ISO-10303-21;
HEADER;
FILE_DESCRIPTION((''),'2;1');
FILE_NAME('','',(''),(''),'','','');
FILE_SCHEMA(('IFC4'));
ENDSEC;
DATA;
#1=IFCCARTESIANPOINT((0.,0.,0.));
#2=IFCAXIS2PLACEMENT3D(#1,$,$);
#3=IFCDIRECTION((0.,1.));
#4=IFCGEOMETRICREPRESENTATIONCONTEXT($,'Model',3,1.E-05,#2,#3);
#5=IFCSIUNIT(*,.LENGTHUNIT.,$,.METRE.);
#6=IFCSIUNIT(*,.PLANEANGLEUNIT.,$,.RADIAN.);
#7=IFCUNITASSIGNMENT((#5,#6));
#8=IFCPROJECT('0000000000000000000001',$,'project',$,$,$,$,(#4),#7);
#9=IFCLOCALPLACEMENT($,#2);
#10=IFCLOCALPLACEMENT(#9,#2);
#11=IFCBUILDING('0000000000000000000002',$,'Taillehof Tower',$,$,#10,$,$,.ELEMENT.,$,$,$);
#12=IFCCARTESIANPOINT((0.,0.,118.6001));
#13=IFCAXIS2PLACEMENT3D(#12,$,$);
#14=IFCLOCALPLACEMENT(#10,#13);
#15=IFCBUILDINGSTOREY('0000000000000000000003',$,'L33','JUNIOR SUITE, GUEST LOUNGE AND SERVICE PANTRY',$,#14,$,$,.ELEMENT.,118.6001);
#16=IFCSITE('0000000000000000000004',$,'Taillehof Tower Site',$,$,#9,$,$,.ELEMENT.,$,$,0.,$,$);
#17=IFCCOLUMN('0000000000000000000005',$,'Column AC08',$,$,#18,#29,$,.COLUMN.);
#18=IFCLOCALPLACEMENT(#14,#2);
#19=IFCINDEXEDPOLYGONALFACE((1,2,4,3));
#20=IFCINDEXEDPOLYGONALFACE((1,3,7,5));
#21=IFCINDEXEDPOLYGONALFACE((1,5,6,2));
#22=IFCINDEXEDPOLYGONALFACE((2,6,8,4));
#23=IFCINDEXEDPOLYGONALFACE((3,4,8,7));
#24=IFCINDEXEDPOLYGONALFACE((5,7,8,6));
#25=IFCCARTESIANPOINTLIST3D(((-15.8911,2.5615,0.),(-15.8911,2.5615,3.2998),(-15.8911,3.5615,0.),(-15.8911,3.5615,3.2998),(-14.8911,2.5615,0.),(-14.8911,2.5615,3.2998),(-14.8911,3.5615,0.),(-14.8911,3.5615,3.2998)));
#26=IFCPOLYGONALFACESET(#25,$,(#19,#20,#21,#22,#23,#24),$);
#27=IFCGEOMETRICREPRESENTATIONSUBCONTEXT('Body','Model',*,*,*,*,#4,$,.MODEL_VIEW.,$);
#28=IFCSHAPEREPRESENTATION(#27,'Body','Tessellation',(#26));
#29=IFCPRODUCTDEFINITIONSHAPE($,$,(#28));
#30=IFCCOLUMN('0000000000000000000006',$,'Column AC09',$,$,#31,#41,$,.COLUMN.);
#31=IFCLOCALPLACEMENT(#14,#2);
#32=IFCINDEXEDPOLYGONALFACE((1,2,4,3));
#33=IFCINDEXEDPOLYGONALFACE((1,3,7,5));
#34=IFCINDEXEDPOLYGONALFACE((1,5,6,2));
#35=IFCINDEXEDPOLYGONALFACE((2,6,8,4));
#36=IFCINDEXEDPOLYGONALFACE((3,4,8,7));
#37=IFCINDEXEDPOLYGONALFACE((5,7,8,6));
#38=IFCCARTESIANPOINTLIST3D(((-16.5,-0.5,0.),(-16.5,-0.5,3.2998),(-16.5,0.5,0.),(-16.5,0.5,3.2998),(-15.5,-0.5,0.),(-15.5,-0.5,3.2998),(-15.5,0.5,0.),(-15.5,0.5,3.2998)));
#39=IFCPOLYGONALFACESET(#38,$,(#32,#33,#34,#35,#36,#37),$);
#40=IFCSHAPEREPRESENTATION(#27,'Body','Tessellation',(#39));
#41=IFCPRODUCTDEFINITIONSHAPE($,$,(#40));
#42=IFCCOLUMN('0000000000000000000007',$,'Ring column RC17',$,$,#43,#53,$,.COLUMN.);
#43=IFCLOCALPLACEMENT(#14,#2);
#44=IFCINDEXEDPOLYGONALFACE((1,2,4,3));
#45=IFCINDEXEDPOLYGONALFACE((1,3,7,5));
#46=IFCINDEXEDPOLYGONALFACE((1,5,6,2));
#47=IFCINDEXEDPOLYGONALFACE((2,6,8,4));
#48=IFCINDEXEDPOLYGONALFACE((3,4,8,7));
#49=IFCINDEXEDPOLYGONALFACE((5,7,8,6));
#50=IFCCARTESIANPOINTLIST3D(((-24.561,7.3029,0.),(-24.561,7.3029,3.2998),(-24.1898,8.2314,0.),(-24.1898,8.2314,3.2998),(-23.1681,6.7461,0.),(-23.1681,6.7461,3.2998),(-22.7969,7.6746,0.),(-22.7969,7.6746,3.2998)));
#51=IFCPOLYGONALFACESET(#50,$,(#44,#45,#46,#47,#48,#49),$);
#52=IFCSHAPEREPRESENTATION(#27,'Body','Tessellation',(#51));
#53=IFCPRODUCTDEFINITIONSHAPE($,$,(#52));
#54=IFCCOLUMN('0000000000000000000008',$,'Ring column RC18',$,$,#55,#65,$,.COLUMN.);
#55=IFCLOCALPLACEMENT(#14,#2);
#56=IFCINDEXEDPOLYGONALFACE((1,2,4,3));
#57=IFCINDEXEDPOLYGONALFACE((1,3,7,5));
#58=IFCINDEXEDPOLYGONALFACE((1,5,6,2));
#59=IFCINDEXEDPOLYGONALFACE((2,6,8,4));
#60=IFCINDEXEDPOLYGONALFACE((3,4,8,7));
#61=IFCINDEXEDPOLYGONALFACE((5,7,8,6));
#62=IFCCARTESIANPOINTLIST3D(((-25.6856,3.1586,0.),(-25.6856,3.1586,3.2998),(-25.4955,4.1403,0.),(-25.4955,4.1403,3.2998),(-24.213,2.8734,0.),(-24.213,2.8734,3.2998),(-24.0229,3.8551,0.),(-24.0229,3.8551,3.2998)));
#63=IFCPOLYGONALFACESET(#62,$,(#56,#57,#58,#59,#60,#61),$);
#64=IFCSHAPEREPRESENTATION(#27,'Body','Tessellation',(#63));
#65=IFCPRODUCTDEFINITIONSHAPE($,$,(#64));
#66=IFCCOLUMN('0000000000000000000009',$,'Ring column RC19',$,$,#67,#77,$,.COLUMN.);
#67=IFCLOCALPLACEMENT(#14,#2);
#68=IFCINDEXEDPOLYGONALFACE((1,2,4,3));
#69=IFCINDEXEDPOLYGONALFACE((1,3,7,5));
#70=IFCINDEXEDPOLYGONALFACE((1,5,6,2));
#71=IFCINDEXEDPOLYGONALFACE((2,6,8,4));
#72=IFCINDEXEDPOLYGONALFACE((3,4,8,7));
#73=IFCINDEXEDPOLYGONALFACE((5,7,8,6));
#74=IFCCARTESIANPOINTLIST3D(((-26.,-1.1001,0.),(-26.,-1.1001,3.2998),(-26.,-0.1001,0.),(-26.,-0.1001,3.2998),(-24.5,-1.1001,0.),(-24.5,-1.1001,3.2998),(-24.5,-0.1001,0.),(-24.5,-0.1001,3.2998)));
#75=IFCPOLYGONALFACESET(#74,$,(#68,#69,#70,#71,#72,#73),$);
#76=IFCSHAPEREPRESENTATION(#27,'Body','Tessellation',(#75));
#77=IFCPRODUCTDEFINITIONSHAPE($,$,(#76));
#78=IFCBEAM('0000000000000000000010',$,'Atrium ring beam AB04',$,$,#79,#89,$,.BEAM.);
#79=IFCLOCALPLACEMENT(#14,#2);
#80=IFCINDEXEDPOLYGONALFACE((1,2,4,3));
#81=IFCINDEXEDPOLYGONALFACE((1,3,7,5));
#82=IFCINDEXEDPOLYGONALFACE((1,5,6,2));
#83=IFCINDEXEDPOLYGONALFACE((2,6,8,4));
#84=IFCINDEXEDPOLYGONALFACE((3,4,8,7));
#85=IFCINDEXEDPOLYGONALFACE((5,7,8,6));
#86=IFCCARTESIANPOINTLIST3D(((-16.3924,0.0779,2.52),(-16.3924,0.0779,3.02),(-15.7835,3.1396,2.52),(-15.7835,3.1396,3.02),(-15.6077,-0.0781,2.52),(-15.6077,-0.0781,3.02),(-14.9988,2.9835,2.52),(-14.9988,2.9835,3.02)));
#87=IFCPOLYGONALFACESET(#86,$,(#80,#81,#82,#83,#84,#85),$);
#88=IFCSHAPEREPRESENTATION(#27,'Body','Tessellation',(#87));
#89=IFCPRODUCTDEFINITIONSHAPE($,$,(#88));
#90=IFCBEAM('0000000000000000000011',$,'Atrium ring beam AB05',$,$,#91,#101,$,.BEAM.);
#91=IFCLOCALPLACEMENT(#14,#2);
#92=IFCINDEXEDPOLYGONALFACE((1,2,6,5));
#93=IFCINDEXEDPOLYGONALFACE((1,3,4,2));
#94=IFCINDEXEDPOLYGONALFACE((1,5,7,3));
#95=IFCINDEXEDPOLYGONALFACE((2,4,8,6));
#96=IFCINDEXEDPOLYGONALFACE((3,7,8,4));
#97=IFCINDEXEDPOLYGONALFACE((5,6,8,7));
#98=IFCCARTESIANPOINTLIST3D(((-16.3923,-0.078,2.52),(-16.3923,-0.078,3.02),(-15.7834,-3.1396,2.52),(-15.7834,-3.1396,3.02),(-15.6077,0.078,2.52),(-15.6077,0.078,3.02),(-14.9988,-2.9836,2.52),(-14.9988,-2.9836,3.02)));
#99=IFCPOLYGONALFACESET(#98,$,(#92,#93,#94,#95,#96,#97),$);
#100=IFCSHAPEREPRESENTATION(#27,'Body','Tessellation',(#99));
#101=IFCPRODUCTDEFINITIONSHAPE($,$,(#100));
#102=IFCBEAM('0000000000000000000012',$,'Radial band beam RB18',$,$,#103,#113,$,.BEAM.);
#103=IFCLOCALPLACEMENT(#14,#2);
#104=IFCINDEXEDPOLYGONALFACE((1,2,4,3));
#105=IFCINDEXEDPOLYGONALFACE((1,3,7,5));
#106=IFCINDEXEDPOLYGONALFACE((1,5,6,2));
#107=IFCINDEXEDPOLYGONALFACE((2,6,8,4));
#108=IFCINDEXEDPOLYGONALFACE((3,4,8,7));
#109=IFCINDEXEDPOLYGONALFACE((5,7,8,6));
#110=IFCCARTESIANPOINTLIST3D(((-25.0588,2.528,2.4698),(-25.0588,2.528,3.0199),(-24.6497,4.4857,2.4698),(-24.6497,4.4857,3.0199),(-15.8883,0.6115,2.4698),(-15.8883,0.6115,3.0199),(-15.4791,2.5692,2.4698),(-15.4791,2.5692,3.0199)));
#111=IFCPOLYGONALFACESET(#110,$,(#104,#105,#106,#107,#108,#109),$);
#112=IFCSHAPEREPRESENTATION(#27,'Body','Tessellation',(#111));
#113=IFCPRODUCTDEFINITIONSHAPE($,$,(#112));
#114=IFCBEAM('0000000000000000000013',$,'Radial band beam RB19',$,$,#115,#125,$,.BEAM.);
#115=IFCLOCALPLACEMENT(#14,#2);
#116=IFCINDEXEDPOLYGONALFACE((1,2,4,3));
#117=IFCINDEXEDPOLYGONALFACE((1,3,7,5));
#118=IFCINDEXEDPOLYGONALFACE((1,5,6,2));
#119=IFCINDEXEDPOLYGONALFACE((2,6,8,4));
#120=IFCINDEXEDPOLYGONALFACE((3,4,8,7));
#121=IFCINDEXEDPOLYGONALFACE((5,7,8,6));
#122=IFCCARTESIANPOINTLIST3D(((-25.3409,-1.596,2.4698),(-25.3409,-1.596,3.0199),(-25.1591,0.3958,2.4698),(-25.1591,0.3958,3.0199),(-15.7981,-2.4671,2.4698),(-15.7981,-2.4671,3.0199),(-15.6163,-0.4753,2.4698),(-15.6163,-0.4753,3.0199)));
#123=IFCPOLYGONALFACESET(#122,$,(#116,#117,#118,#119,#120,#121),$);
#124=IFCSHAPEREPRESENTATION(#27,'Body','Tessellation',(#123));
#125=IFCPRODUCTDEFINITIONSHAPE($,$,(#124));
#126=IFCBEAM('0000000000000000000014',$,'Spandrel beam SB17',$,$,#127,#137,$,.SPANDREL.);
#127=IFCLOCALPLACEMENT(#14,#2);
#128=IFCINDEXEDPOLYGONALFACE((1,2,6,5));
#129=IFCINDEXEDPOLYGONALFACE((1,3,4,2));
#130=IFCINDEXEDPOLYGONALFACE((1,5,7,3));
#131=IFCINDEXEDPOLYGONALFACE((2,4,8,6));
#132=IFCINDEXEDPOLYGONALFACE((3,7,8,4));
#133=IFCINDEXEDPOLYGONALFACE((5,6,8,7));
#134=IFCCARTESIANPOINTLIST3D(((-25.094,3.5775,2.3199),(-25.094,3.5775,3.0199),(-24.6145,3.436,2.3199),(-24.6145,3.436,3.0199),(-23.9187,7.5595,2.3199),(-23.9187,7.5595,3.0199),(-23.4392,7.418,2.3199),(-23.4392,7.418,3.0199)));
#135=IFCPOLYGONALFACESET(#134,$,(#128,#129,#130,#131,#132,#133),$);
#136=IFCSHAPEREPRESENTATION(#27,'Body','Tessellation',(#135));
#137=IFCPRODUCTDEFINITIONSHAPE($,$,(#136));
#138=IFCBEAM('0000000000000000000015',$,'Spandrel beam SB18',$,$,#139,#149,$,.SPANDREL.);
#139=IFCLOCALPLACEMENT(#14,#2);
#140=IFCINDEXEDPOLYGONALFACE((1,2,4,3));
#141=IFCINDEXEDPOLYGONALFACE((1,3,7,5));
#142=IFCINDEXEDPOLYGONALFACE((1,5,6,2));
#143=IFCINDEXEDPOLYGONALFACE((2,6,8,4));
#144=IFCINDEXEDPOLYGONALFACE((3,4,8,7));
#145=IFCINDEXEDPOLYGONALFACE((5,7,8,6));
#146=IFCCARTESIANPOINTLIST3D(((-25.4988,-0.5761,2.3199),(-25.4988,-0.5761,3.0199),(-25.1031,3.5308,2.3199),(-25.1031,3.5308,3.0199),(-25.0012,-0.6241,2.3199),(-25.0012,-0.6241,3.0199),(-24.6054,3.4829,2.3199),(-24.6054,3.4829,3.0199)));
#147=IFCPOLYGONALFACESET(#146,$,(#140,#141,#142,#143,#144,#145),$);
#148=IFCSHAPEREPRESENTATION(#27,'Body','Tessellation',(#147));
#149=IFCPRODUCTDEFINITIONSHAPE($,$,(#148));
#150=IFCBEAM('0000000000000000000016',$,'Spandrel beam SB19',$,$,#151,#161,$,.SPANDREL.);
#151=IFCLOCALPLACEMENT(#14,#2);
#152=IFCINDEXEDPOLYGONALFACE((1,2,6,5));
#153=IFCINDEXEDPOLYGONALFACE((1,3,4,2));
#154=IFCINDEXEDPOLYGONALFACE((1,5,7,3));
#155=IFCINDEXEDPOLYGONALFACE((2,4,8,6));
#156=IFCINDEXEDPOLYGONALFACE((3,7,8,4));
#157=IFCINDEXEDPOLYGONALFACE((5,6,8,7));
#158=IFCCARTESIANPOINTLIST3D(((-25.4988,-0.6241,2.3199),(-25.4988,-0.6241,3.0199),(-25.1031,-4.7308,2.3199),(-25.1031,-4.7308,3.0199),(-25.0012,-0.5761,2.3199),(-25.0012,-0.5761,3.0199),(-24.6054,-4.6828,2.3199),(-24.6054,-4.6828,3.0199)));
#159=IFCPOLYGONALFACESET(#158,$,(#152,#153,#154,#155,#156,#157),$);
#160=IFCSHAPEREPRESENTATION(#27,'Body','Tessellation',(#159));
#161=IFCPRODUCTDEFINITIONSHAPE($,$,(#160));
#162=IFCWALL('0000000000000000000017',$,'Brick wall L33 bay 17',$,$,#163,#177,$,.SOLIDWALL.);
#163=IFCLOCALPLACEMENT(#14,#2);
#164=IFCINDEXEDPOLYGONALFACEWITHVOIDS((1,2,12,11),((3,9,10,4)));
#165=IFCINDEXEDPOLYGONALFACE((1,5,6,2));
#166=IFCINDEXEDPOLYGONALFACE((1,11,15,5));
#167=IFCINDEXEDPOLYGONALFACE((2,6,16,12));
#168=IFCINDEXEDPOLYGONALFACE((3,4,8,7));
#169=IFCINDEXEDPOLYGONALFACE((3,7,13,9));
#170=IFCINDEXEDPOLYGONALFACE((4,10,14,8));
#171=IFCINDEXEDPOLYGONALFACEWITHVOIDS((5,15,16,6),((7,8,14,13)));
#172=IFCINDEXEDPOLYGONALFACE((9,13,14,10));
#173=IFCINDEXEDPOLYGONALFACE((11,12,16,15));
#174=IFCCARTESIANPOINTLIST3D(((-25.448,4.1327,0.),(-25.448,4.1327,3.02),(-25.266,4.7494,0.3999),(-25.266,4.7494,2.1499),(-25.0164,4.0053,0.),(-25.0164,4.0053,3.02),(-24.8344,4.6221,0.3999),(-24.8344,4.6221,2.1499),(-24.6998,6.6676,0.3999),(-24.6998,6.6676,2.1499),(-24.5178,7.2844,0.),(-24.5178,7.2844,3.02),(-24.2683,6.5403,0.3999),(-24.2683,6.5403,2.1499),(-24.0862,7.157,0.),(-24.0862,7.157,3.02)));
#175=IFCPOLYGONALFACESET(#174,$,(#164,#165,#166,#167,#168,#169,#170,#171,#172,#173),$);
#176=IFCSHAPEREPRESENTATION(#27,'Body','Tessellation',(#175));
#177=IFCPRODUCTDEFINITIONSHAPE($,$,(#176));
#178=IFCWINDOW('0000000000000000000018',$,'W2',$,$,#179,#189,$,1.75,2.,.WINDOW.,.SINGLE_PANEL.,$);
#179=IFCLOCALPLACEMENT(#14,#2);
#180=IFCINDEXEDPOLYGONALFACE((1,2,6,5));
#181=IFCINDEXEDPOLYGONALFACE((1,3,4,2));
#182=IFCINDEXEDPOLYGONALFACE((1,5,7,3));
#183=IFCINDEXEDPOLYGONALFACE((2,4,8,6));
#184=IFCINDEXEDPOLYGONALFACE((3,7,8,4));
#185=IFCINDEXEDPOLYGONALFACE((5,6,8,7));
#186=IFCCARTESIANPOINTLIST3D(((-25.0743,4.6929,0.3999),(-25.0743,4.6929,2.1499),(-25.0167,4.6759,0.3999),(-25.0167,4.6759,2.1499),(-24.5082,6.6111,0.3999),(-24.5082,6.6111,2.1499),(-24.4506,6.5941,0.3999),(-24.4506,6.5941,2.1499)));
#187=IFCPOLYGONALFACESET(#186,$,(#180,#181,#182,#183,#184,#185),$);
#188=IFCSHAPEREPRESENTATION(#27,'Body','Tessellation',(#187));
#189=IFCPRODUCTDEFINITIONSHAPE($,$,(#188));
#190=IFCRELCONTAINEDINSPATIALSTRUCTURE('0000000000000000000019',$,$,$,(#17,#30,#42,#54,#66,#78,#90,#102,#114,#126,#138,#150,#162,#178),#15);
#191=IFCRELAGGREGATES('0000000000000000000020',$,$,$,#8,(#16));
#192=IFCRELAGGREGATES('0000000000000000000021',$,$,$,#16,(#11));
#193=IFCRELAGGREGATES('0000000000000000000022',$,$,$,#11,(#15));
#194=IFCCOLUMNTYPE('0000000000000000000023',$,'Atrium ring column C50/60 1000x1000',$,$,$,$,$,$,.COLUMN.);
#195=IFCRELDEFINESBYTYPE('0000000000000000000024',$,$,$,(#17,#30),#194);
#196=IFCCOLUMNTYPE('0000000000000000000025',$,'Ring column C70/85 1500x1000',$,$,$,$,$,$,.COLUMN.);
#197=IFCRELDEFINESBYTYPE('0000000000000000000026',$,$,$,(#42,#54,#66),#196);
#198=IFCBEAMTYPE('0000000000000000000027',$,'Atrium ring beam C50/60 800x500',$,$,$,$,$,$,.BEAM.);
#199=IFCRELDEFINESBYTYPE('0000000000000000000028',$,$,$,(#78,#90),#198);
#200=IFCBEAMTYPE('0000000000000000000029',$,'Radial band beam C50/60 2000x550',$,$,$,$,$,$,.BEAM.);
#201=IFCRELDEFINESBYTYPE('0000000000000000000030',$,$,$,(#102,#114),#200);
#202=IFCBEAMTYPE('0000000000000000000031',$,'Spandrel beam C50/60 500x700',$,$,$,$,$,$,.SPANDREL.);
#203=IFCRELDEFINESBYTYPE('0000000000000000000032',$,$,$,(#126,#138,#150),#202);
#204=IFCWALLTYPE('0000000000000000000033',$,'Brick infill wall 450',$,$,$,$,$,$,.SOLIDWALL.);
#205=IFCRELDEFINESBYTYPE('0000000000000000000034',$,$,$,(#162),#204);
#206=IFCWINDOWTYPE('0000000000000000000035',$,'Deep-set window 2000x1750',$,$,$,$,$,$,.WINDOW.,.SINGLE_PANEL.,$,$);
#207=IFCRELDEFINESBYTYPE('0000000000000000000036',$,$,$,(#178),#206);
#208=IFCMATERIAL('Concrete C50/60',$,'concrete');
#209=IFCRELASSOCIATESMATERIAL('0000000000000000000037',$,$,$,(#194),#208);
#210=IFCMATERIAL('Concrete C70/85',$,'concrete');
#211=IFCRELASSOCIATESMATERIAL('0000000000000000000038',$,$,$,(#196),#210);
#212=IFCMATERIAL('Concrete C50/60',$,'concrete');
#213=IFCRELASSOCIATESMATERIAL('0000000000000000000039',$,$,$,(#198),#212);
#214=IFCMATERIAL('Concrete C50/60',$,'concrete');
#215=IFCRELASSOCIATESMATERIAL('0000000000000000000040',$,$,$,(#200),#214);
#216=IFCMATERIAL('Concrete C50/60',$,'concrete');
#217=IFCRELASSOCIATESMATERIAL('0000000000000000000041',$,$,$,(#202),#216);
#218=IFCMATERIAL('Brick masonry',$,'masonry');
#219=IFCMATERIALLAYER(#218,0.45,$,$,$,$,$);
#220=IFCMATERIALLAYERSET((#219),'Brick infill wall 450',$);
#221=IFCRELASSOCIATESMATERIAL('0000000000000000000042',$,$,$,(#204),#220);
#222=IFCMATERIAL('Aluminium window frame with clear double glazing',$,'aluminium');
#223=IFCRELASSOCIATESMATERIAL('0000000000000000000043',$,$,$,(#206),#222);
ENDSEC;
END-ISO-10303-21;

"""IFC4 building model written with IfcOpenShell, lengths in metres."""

from ifc_helpers import new_model, si_unit, direction, frame, frame_2d, origin, origin_2d, place, context, subcontext, project, spatial, rectangle, extrude, material, layer, layer_set, material_profile, profile_set, type_object, element, fill, save


model = new_model("IFC4")

# Units and contexts
model_context = context("Model", 3, precision=1e-05, world=origin(), true_north=direction((0.0, 1.0)))
body_context = subcontext(model_context, "Body", "Model", "MODEL_VIEW")
ifc_project = project(units=[si_unit("LENGTHUNIT", "METRE"), si_unit("PLANEANGLEUNIT", "RADIAN")], contexts=[model_context])

# Site, building, storey
site_placement = place(None, origin())
site = spatial("IfcSite", under=ifc_project, at=site_placement, Name="Taillehof Tower Site", CompositionType="ELEMENT", RefElevation=0.0)
building_placement = place(site_placement, origin())
building = spatial("IfcBuilding", under=site, at=building_placement, Name="Taillehof Tower", CompositionType="ELEMENT")
storey_placement = place(building_placement, frame((0.0, 0.0, 118.6001)))
storey = spatial("IfcBuildingStorey", under=building, at=storey_placement, Name="L33", Description="JUNIOR SUITE, GUEST LOUNGE AND SERVICE PANTRY", CompositionType="ELEMENT", Elevation=118.6001)

# Columns
ifc_material_1 = material(Name="Concrete C50/60", Category="concrete")
ifc_material_profile_1 = material_profile(ifc_material_1, rectangle(XDim=1.0, YDim=1.0, at=origin_2d()), Name="RC 1000x1000")
ifc_profile_set_1 = profile_set([ifc_material_profile_1], Name="Concrete C50/60")
column_type_1 = type_object("IfcColumnType", Name="Atrium ring column C50/60 1000x1000", PredefinedType="COLUMN", material=ifc_profile_set_1)
for number, where, z_axis, x_axis, name in (
    (1, (-15.3911, 3.0615, 0.0), (0.0, 0.0, 1.0), (1.0, 0.0, 0.0), "Column AC08"),
    (2, (-16.0, 0.0, 0.0), (0.0, 0.0, 1.0), (1.0, 0.0, 0.0), "Column AC09"),
):
    element("IfcColumn", number, at=place(storey_placement, frame(where, z_axis=z_axis, x_axis=x_axis)), inside=storey, type_object=column_type_1, Name=name, PredefinedType="COLUMN", context=body_context, shape_type="SweptSolid", body=[
        extrude(rectangle(XDim=1.0, YDim=1.0, at=origin_2d()), origin(), (0.0, 0.0, 1.0), 3.2998),
    ])
ifc_material_2 = material(Name="Concrete C70/85", Category="concrete")
ifc_material_profile_2 = material_profile(ifc_material_2, rectangle(XDim=1.5, YDim=1.0, at=origin_2d()), Name="RC 1500x1000")
ifc_profile_set_2 = profile_set([ifc_material_profile_2], Name="Concrete C70/85")
column_type_2 = type_object("IfcColumnType", Name="Ring column C70/85 1500x1000", PredefinedType="COLUMN", material=ifc_profile_set_2)
for number, where, z_axis, x_axis, name in (
    (3, (-23.679, 7.4888, 0.0), (0.0, 0.0, 1.0), (-0.92855, 0.371207, 0.0), "Ring column RC17"),
    (4, (-24.8542, 3.5068, 0.0), (0.0, 0.0, 1.0), (-0.981757, 0.190138, 0.0), "Ring column RC18"),
    (5, (-25.25, -0.6001, 0.0), (0.0, 0.0, 1.0), (-1.0, 0.0, 0.0), "Ring column RC19"),
):
    element("IfcColumn", number, at=place(storey_placement, frame(where, z_axis=z_axis, x_axis=x_axis)), inside=storey, type_object=column_type_2, Name=name, PredefinedType="COLUMN", context=body_context, shape_type="SweptSolid", body=[
        extrude(rectangle(XDim=1.5, YDim=1.0, at=origin_2d()), origin(), (0.0, 0.0, 1.0), 3.2998),
    ])

# Beams
ifc_material_3 = material(Name="Concrete C50/60", Category="concrete")
ifc_material_profile_3 = material_profile(ifc_material_3, rectangle(XDim=0.8, YDim=0.5, at=origin_2d()), Name="RC 800x500")
ifc_profile_set_3 = profile_set([ifc_material_profile_3], Name="Concrete C50/60")
beam_type_1 = type_object("IfcBeamType", Name="Atrium ring beam C50/60 800x500", PredefinedType="BEAM", material=ifc_profile_set_3)
for number, where, z_axis, x_axis, name in (
    (6, (-15.3911, 3.0615, 2.77), (-0.195063, -0.980791, 0.0), (0.980791, -0.195063, 0.0), "Atrium ring beam AB04"),
    (7, (-16.0, 0.0, 2.77), (0.195063, -0.980791, 0.0), (0.980791, 0.195063, 0.0), "Atrium ring beam AB05"),
):
    element("IfcBeam", number, at=place(storey_placement, frame(where, z_axis=z_axis, x_axis=x_axis)), inside=storey, type_object=beam_type_1, Name=name, PredefinedType="BEAM", context=body_context, shape_type="SweptSolid", body=[
        extrude(rectangle(XDim=0.8, YDim=0.5, at=origin_2d()), origin(), (0.0, 0.0, 1.0), 3.1216),
    ])
ifc_material_4 = material(Name="Concrete C50/60", Category="concrete")
ifc_material_profile_4 = material_profile(ifc_material_4, rectangle(XDim=2.0, YDim=0.55, at=origin_2d()), Name="RC 2000x550")
ifc_profile_set_4 = profile_set([ifc_material_profile_4], Name="Concrete C50/60")
beam_type_2 = type_object("IfcBeamType", Name="Radial band beam C50/60 2000x550", PredefinedType="BEAM", material=ifc_profile_set_4)
beam_1_placement = place(storey_placement, frame((-24.8542, 3.5068, 2.7449), z_axis=(0.978853, -0.204563, 0.0), x_axis=(0.204563, 0.978853, 0.0)))
element("IfcBeam", 8, at=beam_1_placement, inside=storey, type_object=beam_type_2, Name="Radial band beam RB18", PredefinedType="BEAM", context=body_context, shape_type="SweptSolid", body=[
    extrude(rectangle(XDim=2.0, YDim=0.55, at=origin_2d()), origin(), (0.0, 0.0, 1.0), 9.3687),
])
beam_2_placement = place(storey_placement, frame((-25.25, -0.6001, 2.7449), z_axis=(0.99586, -0.090906, 0.0), x_axis=(0.090906, 0.99586, 0.0)))
element("IfcBeam", 9, at=beam_2_placement, inside=storey, type_object=beam_type_2, Name="Radial band beam RB19", PredefinedType="BEAM", context=body_context, shape_type="SweptSolid", body=[
    extrude(rectangle(XDim=2.0, YDim=0.55, at=origin_2d()), origin(), (0.0, 0.0, 1.0), 9.5825),
])
ifc_material_5 = material(Name="Concrete C50/60", Category="concrete")
ifc_material_profile_5 = material_profile(ifc_material_5, rectangle(XDim=0.5, YDim=0.7, at=origin_2d()), Name="RC 500x700")
ifc_profile_set_5 = profile_set([ifc_material_profile_5], Name="Concrete C50/60")
beam_type_3 = type_object("IfcBeamType", Name="Spandrel beam C50/60 500x700", PredefinedType="SPANDREL", material=ifc_profile_set_5)
beam_3_placement = place(storey_placement, frame((-23.679, 7.4888, 2.6699), z_axis=(-0.283083, -0.959095, 0.0), x_axis=(0.959095, -0.283083, 0.0)))
element("IfcBeam", 10, at=beam_3_placement, inside=storey, type_object=beam_type_3, Name="Spandrel beam SB17", PredefinedType="SPANDREL", context=body_context, shape_type="SweptSolid", body=[
    extrude(rectangle(XDim=0.5, YDim=0.7, at=origin_2d()), origin(), (0.0, 0.0, 1.0), 4.1519),
])
beam_4_placement = place(storey_placement, frame((-24.8542, 3.5068, 2.6699), z_axis=(-0.095918, -0.995389, 0.0), x_axis=(0.995389, -0.095918, 0.0)))
element("IfcBeam", 11, at=beam_4_placement, inside=storey, type_object=beam_type_3, Name="Spandrel beam SB18", PredefinedType="SPANDREL", context=body_context, shape_type="SweptSolid", body=[
    extrude(rectangle(XDim=0.5, YDim=0.7, at=origin_2d()), origin(), (0.0, 0.0, 1.0), 4.126),
])
beam_5_placement = place(storey_placement, frame((-25.25, -0.6001, 2.6699), z_axis=(0.095923, -0.995389, 0.0), x_axis=(0.995389, 0.095923, 0.0)))
element("IfcBeam", 12, at=beam_5_placement, inside=storey, type_object=beam_type_3, Name="Spandrel beam SB19", PredefinedType="SPANDREL", context=body_context, shape_type="SweptSolid", body=[
    extrude(rectangle(XDim=0.5, YDim=0.7, at=origin_2d()), origin(), (0.0, 0.0, 1.0), 4.1257),
])

# Wall, opening, window
ifc_material_6 = material(Name="Brick masonry", Category="masonry")
ifc_layer_1 = layer(ifc_material_6, 0.45)
ifc_layer_set_1 = layer_set([ifc_layer_1], Name="Brick infill wall 450")
wall_type_1 = type_object("IfcWallType", Name="Brick infill wall 450", PredefinedType="SOLIDWALL", material=ifc_layer_set_1)
wall_1_placement = place(storey_placement, frame((-24.302, 7.2207, 0.0), z_axis=(0.0, 0.0, 1.0), x_axis=(-0.283071, -0.959099, 0.0)))
wall_1 = element("IfcWall", 13, at=wall_1_placement, inside=storey, type_object=wall_type_1, Name="Brick wall L33 bay 17", PredefinedType="SOLIDWALL", context=body_context, shape_type="SweptSolid", body=[
    extrude(rectangle(XDim=3.2861, YDim=0.45, at=frame_2d((1.6431, 0.0))), origin(), (0.0, 0.0, 1.0), 3.02),
])
opening_1_placement = place(wall_1_placement, frame((0.6431, 0.0, 0.3999)))
opening_1 = element("IfcOpeningElement", 14, at=opening_1_placement, cuts=wall_1, PredefinedType="OPENING", context=body_context, shape_type="SweptSolid", body=[
    extrude(rectangle(XDim=2.0, YDim=1.75, at=frame_2d((1.0, 0.875))), frame((0.0, 0.2349, 0.0), z_axis=(0.0, -1.0, 0.0), x_axis=(1.0, 0.0, 0.0)), (0.0, 0.0, 1.0), 0.47),
])
ifc_material_7 = material(Name="Aluminium window frame with clear double glazing", Category="aluminium")
window_type = type_object("IfcWindowType", Name="Deep-set window 2000x1750", PartitioningType="SINGLE_PANEL", PredefinedType="WINDOW", material=ifc_material_7)
window_1_placement = place(opening_1_placement, origin())
window_1 = element("IfcWindow", 15, at=window_1_placement, inside=storey, type_object=window_type, Name="W2", OverallHeight=1.75, OverallWidth=2.0, PartitioningType="SINGLE_PANEL", PredefinedType="WINDOW", context=body_context, shape_type="SweptSolid", body=[
    extrude(rectangle(XDim=2.0, YDim=1.75, at=frame_2d((1.0, 0.875))), frame((0.0, 0.0349, 0.0), z_axis=(0.0, -1.0, 0.0), x_axis=(1.0, 0.0, 0.0)), (0.0, 0.0, 1.0), 0.0601),
])
fill(opening_1, window_1)

save(model, "model.ifc")
